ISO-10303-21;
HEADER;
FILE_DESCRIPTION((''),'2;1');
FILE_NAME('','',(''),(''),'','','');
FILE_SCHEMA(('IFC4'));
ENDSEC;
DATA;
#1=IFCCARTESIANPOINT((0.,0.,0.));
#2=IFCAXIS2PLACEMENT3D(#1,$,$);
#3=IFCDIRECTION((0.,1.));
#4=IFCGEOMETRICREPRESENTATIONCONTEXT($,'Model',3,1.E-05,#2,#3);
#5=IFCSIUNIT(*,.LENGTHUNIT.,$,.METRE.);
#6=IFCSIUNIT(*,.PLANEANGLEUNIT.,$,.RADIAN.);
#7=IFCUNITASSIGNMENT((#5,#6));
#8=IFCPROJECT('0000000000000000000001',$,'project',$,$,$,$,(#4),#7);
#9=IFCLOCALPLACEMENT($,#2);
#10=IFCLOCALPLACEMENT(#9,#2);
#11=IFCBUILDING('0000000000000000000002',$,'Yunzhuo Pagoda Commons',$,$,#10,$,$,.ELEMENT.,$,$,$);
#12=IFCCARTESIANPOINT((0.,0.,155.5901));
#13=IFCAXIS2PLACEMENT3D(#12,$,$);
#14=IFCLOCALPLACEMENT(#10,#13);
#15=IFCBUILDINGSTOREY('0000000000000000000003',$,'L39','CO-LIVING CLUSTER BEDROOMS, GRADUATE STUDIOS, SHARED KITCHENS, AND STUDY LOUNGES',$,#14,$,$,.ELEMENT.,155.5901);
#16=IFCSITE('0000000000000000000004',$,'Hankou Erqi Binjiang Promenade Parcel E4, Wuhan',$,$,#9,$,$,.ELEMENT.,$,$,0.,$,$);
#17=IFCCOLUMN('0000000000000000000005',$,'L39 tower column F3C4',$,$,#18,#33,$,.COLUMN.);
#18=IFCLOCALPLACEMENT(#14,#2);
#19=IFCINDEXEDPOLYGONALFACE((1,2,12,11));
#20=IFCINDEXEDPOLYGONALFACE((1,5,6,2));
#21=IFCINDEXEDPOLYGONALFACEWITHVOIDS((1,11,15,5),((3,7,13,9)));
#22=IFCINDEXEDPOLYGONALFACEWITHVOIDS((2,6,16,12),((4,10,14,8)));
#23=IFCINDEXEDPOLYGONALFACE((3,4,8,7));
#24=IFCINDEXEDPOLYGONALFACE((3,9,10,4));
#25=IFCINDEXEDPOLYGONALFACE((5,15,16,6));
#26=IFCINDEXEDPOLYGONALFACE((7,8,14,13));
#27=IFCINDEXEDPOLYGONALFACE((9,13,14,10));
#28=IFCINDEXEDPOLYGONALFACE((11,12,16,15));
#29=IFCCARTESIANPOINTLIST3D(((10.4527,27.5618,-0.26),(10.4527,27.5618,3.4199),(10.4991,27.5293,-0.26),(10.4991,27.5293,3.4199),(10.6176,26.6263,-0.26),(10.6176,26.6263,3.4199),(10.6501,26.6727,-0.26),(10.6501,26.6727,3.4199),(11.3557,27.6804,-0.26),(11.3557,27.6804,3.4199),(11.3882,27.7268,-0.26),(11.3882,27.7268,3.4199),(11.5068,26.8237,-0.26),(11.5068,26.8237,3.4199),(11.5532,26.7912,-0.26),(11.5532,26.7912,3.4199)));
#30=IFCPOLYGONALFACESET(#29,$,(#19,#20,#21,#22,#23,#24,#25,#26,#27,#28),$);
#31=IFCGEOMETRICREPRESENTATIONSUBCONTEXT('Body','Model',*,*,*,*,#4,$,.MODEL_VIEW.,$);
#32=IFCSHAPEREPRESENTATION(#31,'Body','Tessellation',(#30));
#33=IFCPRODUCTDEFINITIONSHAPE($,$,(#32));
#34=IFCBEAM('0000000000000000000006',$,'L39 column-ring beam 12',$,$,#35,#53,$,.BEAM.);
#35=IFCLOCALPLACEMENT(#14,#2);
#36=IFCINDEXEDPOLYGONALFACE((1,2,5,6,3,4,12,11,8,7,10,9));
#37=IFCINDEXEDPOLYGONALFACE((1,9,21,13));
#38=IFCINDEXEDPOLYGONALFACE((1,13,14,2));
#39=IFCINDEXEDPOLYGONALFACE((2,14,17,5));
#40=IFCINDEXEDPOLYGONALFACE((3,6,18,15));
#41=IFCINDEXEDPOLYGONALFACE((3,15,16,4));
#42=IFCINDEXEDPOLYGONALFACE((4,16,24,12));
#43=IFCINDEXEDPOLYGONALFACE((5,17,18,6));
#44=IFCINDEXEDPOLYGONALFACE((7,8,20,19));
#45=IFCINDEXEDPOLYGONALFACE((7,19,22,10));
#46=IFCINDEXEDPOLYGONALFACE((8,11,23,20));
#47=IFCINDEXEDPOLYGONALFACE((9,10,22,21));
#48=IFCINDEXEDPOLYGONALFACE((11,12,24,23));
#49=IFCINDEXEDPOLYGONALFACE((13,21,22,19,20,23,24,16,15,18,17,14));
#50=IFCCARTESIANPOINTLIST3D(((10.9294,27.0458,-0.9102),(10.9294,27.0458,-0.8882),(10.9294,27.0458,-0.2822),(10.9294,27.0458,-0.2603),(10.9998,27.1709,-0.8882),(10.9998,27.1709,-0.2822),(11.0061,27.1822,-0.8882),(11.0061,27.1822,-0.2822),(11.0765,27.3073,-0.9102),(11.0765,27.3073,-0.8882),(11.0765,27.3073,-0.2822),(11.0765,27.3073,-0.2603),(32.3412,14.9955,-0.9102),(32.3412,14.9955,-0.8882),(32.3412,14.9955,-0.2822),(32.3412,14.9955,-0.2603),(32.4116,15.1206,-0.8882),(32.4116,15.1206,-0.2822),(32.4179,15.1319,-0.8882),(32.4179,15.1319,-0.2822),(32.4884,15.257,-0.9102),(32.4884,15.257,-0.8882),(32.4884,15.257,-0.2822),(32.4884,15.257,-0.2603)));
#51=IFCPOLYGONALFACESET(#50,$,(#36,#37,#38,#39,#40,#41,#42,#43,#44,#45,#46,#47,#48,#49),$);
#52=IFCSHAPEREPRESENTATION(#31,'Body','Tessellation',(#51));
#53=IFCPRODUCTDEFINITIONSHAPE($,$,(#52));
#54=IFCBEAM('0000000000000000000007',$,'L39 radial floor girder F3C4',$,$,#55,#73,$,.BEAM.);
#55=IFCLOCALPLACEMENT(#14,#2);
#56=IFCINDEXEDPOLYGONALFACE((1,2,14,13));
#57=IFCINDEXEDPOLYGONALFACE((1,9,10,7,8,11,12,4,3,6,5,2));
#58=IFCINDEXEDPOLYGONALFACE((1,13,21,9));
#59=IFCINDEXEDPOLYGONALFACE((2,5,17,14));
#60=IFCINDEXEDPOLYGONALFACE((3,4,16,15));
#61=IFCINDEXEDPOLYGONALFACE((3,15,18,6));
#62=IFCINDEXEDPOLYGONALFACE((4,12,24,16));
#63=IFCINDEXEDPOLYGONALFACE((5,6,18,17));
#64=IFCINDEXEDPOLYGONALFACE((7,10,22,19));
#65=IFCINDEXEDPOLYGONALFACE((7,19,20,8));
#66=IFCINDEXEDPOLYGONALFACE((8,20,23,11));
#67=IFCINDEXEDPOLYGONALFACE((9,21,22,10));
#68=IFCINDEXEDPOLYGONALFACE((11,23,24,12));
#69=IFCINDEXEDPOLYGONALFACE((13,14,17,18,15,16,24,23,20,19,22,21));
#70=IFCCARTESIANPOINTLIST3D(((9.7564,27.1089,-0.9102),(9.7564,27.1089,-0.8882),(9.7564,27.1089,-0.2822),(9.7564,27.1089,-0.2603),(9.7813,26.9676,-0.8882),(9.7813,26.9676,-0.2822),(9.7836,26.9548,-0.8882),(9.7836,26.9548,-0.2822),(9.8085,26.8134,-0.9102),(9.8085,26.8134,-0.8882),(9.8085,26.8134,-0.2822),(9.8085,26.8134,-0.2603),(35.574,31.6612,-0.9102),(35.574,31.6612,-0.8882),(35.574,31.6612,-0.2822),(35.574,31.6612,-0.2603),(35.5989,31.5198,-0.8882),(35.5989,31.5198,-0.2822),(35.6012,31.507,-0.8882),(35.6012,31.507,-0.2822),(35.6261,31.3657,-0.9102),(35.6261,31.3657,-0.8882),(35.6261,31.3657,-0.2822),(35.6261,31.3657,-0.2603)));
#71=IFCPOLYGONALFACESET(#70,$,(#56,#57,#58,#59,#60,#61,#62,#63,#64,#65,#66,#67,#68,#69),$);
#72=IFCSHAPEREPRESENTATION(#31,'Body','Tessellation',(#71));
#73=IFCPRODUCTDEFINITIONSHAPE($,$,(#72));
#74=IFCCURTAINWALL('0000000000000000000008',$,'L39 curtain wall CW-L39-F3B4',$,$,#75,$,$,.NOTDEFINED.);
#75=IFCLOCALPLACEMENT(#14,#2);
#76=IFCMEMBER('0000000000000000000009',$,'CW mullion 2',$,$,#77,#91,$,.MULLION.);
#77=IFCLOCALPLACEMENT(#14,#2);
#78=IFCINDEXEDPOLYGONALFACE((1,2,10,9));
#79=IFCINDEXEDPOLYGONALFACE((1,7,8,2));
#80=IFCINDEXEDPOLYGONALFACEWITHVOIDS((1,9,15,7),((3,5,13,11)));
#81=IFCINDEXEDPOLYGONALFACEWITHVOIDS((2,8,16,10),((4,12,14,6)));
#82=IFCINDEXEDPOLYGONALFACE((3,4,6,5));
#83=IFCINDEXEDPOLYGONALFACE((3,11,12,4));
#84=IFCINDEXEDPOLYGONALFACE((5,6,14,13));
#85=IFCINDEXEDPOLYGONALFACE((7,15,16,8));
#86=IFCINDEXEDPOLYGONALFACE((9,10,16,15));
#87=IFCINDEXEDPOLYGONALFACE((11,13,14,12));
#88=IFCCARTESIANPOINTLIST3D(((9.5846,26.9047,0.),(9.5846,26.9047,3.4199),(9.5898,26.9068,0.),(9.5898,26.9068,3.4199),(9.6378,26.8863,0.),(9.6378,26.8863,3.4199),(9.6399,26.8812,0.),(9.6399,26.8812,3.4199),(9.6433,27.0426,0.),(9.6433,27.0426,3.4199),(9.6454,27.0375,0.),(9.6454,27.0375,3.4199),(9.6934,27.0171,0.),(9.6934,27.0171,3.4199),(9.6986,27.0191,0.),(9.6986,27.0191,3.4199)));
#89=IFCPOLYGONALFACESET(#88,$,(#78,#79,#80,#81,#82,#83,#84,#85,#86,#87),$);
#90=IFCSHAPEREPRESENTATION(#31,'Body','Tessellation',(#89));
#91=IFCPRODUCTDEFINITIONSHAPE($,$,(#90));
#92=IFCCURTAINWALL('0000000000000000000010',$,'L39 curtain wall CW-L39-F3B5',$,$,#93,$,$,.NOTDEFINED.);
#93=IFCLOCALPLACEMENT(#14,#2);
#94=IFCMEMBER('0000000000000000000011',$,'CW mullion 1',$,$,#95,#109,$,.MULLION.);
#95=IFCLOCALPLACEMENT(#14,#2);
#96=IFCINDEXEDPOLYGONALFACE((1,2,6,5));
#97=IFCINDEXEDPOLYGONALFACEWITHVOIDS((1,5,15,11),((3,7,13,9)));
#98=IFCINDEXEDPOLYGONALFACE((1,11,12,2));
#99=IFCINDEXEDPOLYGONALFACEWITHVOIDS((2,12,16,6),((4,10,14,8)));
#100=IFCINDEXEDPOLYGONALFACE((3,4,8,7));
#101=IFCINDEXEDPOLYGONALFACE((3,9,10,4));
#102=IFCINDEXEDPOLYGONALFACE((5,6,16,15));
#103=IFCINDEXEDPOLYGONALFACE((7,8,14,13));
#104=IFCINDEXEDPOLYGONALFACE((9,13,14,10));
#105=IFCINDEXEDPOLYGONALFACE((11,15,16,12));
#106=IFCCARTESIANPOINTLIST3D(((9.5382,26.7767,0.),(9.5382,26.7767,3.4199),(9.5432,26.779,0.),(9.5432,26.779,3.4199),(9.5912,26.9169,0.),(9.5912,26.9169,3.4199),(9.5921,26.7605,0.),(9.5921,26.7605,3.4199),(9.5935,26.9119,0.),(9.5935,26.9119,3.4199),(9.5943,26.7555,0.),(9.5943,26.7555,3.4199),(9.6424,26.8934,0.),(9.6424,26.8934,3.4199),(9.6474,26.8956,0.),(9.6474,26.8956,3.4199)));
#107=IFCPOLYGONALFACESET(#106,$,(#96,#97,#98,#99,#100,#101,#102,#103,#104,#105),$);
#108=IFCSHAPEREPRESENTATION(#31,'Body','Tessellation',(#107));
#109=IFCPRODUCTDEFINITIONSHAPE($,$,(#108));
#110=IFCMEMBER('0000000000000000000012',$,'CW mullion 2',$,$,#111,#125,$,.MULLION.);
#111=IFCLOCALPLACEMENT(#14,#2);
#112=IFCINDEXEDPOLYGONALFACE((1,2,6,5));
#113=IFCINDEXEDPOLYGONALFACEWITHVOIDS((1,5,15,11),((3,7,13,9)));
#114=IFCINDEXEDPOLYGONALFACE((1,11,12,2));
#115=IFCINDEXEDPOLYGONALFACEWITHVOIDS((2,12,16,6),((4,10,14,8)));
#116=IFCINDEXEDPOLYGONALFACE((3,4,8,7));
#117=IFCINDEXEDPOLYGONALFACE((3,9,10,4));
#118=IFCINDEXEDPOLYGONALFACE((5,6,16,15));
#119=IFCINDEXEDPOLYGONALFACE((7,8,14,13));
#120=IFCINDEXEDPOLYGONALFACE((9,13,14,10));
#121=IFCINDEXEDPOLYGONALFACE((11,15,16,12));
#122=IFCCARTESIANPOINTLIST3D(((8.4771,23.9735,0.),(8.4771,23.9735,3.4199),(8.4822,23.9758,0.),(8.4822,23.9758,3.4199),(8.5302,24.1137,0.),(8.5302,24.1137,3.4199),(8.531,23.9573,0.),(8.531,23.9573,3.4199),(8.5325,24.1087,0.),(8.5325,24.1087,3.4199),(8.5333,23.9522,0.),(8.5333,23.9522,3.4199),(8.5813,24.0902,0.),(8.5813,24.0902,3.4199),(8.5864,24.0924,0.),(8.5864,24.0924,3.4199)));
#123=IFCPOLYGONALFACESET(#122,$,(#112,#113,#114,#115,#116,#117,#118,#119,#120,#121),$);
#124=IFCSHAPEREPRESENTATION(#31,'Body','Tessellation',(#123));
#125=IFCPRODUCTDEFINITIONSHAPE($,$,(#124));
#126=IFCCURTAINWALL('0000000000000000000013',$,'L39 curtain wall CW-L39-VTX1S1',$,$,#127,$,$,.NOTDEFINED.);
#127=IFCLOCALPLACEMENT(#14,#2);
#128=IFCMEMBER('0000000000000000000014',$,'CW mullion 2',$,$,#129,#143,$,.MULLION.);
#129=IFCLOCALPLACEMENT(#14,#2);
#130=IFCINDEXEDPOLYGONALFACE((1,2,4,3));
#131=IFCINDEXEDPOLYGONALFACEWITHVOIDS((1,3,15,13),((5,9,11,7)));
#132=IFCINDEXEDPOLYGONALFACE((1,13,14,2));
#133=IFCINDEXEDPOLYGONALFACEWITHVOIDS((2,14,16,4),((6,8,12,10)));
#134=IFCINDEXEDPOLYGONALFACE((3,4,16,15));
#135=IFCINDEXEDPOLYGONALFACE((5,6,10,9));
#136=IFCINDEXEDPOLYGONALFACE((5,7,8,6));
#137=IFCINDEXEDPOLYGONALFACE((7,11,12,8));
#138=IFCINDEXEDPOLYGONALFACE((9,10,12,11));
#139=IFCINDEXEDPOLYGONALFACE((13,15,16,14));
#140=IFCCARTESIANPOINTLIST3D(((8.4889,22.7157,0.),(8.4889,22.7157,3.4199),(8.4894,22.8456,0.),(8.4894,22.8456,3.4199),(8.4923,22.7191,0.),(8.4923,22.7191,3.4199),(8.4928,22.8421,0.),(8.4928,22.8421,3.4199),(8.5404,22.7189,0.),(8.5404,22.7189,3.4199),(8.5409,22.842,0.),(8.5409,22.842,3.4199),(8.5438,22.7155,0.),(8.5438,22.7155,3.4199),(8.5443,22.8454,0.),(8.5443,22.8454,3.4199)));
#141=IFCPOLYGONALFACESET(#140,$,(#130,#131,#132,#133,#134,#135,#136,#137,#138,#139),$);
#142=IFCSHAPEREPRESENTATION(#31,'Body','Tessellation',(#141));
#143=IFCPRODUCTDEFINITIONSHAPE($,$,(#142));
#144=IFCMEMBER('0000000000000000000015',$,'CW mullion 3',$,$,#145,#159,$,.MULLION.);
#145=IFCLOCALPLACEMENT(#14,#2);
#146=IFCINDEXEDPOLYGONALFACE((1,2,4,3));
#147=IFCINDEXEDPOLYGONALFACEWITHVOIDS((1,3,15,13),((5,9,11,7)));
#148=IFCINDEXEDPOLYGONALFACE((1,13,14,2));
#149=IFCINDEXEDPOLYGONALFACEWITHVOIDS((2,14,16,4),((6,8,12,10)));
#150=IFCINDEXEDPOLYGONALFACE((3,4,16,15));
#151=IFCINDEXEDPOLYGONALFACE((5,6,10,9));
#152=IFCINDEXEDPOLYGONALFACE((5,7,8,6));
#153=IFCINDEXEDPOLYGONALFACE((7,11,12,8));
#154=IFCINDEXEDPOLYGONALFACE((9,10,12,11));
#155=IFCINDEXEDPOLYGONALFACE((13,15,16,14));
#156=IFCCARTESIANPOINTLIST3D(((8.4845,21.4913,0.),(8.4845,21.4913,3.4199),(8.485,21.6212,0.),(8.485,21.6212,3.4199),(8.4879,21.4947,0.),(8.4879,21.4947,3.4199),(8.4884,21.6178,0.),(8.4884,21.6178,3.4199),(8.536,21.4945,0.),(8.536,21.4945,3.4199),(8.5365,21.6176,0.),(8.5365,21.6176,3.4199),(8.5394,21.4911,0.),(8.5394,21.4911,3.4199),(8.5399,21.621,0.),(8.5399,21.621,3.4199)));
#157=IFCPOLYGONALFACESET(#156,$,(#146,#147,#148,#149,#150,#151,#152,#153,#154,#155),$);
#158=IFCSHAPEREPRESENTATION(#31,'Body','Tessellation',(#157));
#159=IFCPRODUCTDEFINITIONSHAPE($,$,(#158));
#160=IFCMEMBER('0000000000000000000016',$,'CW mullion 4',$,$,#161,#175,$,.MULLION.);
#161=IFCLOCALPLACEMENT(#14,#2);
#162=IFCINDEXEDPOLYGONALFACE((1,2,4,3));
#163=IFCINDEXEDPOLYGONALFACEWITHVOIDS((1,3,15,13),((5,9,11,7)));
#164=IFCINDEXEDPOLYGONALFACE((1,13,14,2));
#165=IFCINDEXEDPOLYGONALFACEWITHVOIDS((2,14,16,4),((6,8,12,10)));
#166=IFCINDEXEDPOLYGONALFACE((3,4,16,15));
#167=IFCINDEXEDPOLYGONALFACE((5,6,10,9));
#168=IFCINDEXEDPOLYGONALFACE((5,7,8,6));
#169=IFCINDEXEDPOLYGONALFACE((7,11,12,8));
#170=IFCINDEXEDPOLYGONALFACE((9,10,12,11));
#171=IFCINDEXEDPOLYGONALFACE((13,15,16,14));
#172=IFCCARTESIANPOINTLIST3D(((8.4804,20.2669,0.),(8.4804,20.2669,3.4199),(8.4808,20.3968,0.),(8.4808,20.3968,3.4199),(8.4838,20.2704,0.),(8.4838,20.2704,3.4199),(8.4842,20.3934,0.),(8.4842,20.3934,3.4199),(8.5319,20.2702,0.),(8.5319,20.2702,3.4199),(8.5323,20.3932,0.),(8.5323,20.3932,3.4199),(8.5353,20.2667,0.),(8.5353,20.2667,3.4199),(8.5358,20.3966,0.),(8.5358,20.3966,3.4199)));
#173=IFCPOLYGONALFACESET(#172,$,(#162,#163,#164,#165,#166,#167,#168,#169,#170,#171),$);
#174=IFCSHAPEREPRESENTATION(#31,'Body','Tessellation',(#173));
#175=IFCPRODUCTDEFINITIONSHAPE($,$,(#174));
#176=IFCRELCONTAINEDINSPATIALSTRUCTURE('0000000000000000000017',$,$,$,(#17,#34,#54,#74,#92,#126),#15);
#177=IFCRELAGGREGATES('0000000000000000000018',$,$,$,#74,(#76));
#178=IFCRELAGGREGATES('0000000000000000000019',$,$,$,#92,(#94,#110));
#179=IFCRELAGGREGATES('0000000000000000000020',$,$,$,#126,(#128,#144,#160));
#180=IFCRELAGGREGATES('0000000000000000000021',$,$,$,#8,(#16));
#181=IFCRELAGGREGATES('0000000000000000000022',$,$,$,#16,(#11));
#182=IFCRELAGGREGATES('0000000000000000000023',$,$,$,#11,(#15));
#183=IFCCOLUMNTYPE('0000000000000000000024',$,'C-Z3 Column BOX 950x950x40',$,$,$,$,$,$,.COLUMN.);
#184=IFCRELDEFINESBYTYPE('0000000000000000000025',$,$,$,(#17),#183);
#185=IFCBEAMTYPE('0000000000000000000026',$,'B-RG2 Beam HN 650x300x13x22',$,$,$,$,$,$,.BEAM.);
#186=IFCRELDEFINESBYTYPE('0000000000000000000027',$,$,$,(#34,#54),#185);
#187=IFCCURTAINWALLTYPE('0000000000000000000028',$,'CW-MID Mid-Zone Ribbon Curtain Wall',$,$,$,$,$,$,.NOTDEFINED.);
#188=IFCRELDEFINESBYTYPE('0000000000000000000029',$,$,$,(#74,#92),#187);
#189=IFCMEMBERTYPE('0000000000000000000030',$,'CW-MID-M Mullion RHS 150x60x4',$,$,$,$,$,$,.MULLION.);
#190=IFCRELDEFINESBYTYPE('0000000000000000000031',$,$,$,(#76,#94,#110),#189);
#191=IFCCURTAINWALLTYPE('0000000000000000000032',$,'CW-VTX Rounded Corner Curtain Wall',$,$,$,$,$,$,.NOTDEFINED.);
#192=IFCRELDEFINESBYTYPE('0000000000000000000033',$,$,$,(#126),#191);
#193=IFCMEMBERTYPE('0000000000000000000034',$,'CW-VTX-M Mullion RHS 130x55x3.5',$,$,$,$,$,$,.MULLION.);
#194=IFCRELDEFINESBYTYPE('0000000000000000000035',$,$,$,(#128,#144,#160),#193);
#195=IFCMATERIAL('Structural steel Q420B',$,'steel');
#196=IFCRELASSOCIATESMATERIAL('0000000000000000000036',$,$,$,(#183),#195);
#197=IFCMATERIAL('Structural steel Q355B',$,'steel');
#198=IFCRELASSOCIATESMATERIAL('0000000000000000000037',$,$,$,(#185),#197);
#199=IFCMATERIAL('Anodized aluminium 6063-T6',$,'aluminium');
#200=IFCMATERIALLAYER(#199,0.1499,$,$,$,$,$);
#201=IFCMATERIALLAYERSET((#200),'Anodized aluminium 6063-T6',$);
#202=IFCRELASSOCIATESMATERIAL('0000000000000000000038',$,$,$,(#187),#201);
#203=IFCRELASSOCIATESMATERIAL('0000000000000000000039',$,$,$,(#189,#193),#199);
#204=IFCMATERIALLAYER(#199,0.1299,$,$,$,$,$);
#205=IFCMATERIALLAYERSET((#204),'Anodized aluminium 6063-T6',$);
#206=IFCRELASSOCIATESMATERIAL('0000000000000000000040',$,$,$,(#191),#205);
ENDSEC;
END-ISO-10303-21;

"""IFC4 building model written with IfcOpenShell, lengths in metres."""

from ifc_helpers import new_model, si_unit, direction, frame, origin, origin_2d, place, context, subcontext, project, spatial, hollow_rectangle, i_section, extrude, source, transform, mapped, material, layer, layer_set, material_profile, profile_set, type_object, element, aggregate, save


model = new_model("IFC4")

# Units and contexts
model_context = context("Model", 3, precision=1e-05, world=origin(), true_north=direction((0.0, 1.0)))
body_context = subcontext(model_context, "Body", "Model", "MODEL_VIEW")
ifc_project = project(units=[si_unit("LENGTHUNIT", "METRE"), si_unit("PLANEANGLEUNIT", "RADIAN")], contexts=[model_context])

# Site, building, storey
site_placement = place(None, origin())
site = spatial("IfcSite", under=ifc_project, at=site_placement, Name="Hankou Erqi Binjiang Promenade Parcel E4, Wuhan", CompositionType="ELEMENT", RefElevation=0.0)
building_placement = place(site_placement, origin())
building = spatial("IfcBuilding", under=site, at=building_placement, Name="Yunzhuo Pagoda Commons", CompositionType="ELEMENT")
storey_placement = place(building_placement, frame((0.0, 0.0, 155.5901)))
storey = spatial("IfcBuildingStorey", under=building, at=storey_placement, Name="L39", Description="CO-LIVING CLUSTER BEDROOMS, GRADUATE STUDIOS, SHARED KITCHENS, AND STUDY LOUNGES", CompositionType="ELEMENT", Elevation=155.5901)

# Column
ifc_material_1 = material(Name="Structural steel Q420B", Category="steel")
ifc_material_profile_1 = material_profile(ifc_material_1, hollow_rectangle(XDim=0.95, YDim=0.95, WallThickness=0.04, at=origin_2d()), Name="Structural steel Q420B")
ifc_profile_set_1 = profile_set([ifc_material_profile_1], Name="Structural steel Q420B")
column_type = type_object("IfcColumnType", Name="C-Z3 Column BOX 950x950x40", PredefinedType="COLUMN", material=ifc_profile_set_1)
shared_shape_1 = source(origin(), body_context, "Body", "SweptSolid", [
    extrude(hollow_rectangle(XDim=0.95, YDim=0.95, WallThickness=0.04, at=origin_2d()), origin(), (0.0, 0.0, 1.0), 3.6799),
])
column_placement = place(storey_placement, frame((11.0029, 27.1765, -0.26), z_axis=(0.0, 0.0, 1.0), x_axis=(0.173648, -0.984808, 0.0)))
element("IfcColumn", 1, at=column_placement, inside=storey, type_object=column_type, Name="L39 tower column F3C4", PredefinedType="COLUMN", context=body_context, shape_type="MappedRepresentation", body=[
    mapped(shared_shape_1, transform((0.0, 0.0, 0.0), scale=1.0)),
])

# Beams
ifc_material_2 = material(Name="Structural steel Q355B", Category="steel")
ifc_material_profile_2 = material_profile(ifc_material_2, i_section(OverallWidth=0.3, OverallDepth=0.6499, WebThickness=0.0129, FlangeThickness=0.022, at=origin_2d()), Name="Structural steel Q355B")
ifc_profile_set_2 = profile_set([ifc_material_profile_2], Name="Structural steel Q355B")
beam_type = type_object("IfcBeamType", Name="B-RG2 Beam HN 650x300x13x22", PredefinedType="BEAM", material=ifc_profile_set_2)
shared_shape_2 = source(origin(), body_context, "Body", "SweptSolid", [
    extrude(i_section(OverallWidth=0.3, OverallDepth=0.6499, WebThickness=0.0129, FlangeThickness=0.022, at=origin_2d()), origin(), (0.0, 0.0, 1.0), 24.5698),
])
beam_1_placement = place(storey_placement, frame((11.0029, 27.1765, -0.5852), z_axis=(0.871469, -0.49045, 0.0), x_axis=(0.49045, 0.871469, 0.0)))
element("IfcBeam", 2, at=beam_1_placement, inside=storey, type_object=beam_type, Name="L39 column-ring beam 12", PredefinedType="BEAM", context=body_context, shape_type="MappedRepresentation", body=[
    mapped(shared_shape_2, transform((0.0, 0.0, 0.0), scale=1.0)),
])
shared_shape_3 = source(origin(), body_context, "Body", "SweptSolid", [
    extrude(i_section(OverallWidth=0.3, OverallDepth=0.6499, WebThickness=0.0129, FlangeThickness=0.022, at=origin_2d()), origin(), (0.0, 0.0, 1.0), 26.2158),
])
beam_2_placement = place(storey_placement, frame((9.7825, 26.9612, -0.5852), z_axis=(0.984808, 0.173645, 0.0), x_axis=(-0.173645, 0.984808, 0.0)))
element("IfcBeam", 3, at=beam_2_placement, inside=storey, type_object=beam_type, Name="L39 radial floor girder F3C4", PredefinedType="BEAM", context=body_context, shape_type="MappedRepresentation", body=[
    mapped(shared_shape_3, transform((0.0, 0.0, 0.0), scale=1.0)),
])

# Curtain wall, member
ifc_material_3 = material(Name="Anodized aluminium 6063-T6", Category="aluminium")
ifc_layer_1 = layer(ifc_material_3, 0.1499)
ifc_layer_set_1 = layer_set([ifc_layer_1], Name="Anodized aluminium 6063-T6")
curtain_wall_type_1 = type_object("IfcCurtainWallType", Name="CW-MID Mid-Zone Ribbon Curtain Wall", PredefinedType="NOTDEFINED", material=ifc_layer_set_1)
curtain_wall_1_placement = place(storey_placement, origin())
curtain_wall_1 = element("IfcCurtainWall", 4, at=curtain_wall_1_placement, inside=storey, type_object=curtain_wall_type_1, Name="L39 curtain wall CW-L39-F3B4", PredefinedType="NOTDEFINED")
ifc_material_profile_3 = material_profile(ifc_material_3, hollow_rectangle(XDim=0.0601, YDim=0.1499, WallThickness=0.0039, at=origin_2d()), Name="Anodized aluminium 6063-T6")
ifc_profile_set_3 = profile_set([ifc_material_profile_3], Name="Anodized aluminium 6063-T6")
member_type_1 = type_object("IfcMemberType", Name="CW-MID-M Mullion RHS 150x60x4", PredefinedType="MULLION", material=ifc_profile_set_3)
shared_shape_4 = source(origin(), body_context, "Body", "SweptSolid", [
    extrude(hollow_rectangle(XDim=0.0601, YDim=0.1499, WallThickness=0.0039, at=origin_2d()), origin(), (0.0, 0.0, 1.0), 3.4199),
])
member_1_placement = place(storey_placement, frame((9.6416, 26.9619, 0.0), z_axis=(0.0, 0.0, 1.0), x_axis=(0.920217, -0.391409, 0.0)))
member_1 = element("IfcMember", 5, at=member_1_placement, type_object=member_type_1, Name="CW mullion 2", PredefinedType="MULLION", context=body_context, shape_type="MappedRepresentation", body=[
    mapped(shared_shape_4, transform((0.0, 0.0, 0.0), scale=1.0)),
])
aggregate(curtain_wall_1, [member_1])

# Curtain walls, members
curtain_wall_2_placement = place(storey_placement, origin())
curtain_wall_2 = element("IfcCurtainWall", 6, at=curtain_wall_2_placement, inside=storey, type_object=curtain_wall_type_1, Name="L39 curtain wall CW-L39-F3B5", PredefinedType="NOTDEFINED")
member_2_placement = place(storey_placement, frame((9.5928, 26.8362, 0.0), z_axis=(0.0, 0.0, 1.0), x_axis=(0.935247, -0.353996, 0.0)))
member_2 = element("IfcMember", 7, at=member_2_placement, type_object=member_type_1, Name="CW mullion 1", PredefinedType="MULLION", context=body_context, shape_type="MappedRepresentation", body=[
    mapped(shared_shape_4, transform((0.0, 0.0, 0.0), scale=1.0)),
])
member_3_placement = place(storey_placement, frame((8.5317, 24.033, 0.0), z_axis=(0.0, 0.0, 1.0), x_axis=(0.935247, -0.353996, 0.0)))
member_3 = element("IfcMember", 8, at=member_3_placement, type_object=member_type_1, Name="CW mullion 2", PredefinedType="MULLION", context=body_context, shape_type="MappedRepresentation", body=[
    mapped(shared_shape_4, transform((0.0, 0.0, 0.0), scale=1.0)),
])
ifc_layer_2 = layer(ifc_material_3, 0.1299)
ifc_layer_set_2 = layer_set([ifc_layer_2], Name="Anodized aluminium 6063-T6")
curtain_wall_type_2 = type_object("IfcCurtainWallType", Name="CW-VTX Rounded Corner Curtain Wall", PredefinedType="NOTDEFINED", material=ifc_layer_set_2)
curtain_wall_3_placement = place(storey_placement, origin())
curtain_wall_3 = element("IfcCurtainWall", 9, at=curtain_wall_3_placement, inside=storey, type_object=curtain_wall_type_2, Name="L39 curtain wall CW-L39-VTX1S1", PredefinedType="NOTDEFINED")
ifc_material_profile_4 = material_profile(ifc_material_3, hollow_rectangle(XDim=0.0549, YDim=0.1299, WallThickness=0.0034, at=origin_2d()), Name="Anodized aluminium 6063-T6")
ifc_profile_set_4 = profile_set([ifc_material_profile_4], Name="Anodized aluminium 6063-T6")
member_type_2 = type_object("IfcMemberType", Name="CW-VTX-M Mullion RHS 130x55x3.5", PredefinedType="MULLION", material=ifc_profile_set_4)
shared_shape_5 = source(origin(), body_context, "Body", "SweptSolid", [
    extrude(hollow_rectangle(XDim=0.0549, YDim=0.1299, WallThickness=0.0034, at=origin_2d()), origin(), (0.0, 0.0, 1.0), 3.4199),
])
member_4_placement = place(storey_placement, frame((8.5166, 22.7805, 0.0), z_axis=(0.0, 0.0, 1.0), x_axis=(0.999994, -0.003594, 0.0)))
member_4 = element("IfcMember", 10, at=member_4_placement, type_object=member_type_2, Name="CW mullion 2", PredefinedType="MULLION", context=body_context, shape_type="MappedRepresentation", body=[
    mapped(shared_shape_5, transform((0.0, 0.0, 0.0), scale=1.0)),
])
member_5_placement = place(storey_placement, frame((8.5122, 21.5562, 0.0), z_axis=(0.0, 0.0, 1.0), x_axis=(0.999994, -0.003594, 0.0)))
member_5 = element("IfcMember", 11, at=member_5_placement, type_object=member_type_2, Name="CW mullion 3", PredefinedType="MULLION", context=body_context, shape_type="MappedRepresentation", body=[
    mapped(shared_shape_5, transform((0.0, 0.0, 0.0), scale=1.0)),
])
member_6_placement = place(storey_placement, frame((8.5081, 20.3318, 0.0), z_axis=(0.0, 0.0, 1.0), x_axis=(0.999994, -0.003594, 0.0)))
member_6 = element("IfcMember", 12, at=member_6_placement, type_object=member_type_2, Name="CW mullion 4", PredefinedType="MULLION", context=body_context, shape_type="MappedRepresentation", body=[
    mapped(shared_shape_5, transform((0.0, 0.0, 0.0), scale=1.0)),
])

aggregate(curtain_wall_2, [member_2, member_3])
aggregate(curtain_wall_3, [member_4, member_5, member_6])

save(model, "model.ifc")
